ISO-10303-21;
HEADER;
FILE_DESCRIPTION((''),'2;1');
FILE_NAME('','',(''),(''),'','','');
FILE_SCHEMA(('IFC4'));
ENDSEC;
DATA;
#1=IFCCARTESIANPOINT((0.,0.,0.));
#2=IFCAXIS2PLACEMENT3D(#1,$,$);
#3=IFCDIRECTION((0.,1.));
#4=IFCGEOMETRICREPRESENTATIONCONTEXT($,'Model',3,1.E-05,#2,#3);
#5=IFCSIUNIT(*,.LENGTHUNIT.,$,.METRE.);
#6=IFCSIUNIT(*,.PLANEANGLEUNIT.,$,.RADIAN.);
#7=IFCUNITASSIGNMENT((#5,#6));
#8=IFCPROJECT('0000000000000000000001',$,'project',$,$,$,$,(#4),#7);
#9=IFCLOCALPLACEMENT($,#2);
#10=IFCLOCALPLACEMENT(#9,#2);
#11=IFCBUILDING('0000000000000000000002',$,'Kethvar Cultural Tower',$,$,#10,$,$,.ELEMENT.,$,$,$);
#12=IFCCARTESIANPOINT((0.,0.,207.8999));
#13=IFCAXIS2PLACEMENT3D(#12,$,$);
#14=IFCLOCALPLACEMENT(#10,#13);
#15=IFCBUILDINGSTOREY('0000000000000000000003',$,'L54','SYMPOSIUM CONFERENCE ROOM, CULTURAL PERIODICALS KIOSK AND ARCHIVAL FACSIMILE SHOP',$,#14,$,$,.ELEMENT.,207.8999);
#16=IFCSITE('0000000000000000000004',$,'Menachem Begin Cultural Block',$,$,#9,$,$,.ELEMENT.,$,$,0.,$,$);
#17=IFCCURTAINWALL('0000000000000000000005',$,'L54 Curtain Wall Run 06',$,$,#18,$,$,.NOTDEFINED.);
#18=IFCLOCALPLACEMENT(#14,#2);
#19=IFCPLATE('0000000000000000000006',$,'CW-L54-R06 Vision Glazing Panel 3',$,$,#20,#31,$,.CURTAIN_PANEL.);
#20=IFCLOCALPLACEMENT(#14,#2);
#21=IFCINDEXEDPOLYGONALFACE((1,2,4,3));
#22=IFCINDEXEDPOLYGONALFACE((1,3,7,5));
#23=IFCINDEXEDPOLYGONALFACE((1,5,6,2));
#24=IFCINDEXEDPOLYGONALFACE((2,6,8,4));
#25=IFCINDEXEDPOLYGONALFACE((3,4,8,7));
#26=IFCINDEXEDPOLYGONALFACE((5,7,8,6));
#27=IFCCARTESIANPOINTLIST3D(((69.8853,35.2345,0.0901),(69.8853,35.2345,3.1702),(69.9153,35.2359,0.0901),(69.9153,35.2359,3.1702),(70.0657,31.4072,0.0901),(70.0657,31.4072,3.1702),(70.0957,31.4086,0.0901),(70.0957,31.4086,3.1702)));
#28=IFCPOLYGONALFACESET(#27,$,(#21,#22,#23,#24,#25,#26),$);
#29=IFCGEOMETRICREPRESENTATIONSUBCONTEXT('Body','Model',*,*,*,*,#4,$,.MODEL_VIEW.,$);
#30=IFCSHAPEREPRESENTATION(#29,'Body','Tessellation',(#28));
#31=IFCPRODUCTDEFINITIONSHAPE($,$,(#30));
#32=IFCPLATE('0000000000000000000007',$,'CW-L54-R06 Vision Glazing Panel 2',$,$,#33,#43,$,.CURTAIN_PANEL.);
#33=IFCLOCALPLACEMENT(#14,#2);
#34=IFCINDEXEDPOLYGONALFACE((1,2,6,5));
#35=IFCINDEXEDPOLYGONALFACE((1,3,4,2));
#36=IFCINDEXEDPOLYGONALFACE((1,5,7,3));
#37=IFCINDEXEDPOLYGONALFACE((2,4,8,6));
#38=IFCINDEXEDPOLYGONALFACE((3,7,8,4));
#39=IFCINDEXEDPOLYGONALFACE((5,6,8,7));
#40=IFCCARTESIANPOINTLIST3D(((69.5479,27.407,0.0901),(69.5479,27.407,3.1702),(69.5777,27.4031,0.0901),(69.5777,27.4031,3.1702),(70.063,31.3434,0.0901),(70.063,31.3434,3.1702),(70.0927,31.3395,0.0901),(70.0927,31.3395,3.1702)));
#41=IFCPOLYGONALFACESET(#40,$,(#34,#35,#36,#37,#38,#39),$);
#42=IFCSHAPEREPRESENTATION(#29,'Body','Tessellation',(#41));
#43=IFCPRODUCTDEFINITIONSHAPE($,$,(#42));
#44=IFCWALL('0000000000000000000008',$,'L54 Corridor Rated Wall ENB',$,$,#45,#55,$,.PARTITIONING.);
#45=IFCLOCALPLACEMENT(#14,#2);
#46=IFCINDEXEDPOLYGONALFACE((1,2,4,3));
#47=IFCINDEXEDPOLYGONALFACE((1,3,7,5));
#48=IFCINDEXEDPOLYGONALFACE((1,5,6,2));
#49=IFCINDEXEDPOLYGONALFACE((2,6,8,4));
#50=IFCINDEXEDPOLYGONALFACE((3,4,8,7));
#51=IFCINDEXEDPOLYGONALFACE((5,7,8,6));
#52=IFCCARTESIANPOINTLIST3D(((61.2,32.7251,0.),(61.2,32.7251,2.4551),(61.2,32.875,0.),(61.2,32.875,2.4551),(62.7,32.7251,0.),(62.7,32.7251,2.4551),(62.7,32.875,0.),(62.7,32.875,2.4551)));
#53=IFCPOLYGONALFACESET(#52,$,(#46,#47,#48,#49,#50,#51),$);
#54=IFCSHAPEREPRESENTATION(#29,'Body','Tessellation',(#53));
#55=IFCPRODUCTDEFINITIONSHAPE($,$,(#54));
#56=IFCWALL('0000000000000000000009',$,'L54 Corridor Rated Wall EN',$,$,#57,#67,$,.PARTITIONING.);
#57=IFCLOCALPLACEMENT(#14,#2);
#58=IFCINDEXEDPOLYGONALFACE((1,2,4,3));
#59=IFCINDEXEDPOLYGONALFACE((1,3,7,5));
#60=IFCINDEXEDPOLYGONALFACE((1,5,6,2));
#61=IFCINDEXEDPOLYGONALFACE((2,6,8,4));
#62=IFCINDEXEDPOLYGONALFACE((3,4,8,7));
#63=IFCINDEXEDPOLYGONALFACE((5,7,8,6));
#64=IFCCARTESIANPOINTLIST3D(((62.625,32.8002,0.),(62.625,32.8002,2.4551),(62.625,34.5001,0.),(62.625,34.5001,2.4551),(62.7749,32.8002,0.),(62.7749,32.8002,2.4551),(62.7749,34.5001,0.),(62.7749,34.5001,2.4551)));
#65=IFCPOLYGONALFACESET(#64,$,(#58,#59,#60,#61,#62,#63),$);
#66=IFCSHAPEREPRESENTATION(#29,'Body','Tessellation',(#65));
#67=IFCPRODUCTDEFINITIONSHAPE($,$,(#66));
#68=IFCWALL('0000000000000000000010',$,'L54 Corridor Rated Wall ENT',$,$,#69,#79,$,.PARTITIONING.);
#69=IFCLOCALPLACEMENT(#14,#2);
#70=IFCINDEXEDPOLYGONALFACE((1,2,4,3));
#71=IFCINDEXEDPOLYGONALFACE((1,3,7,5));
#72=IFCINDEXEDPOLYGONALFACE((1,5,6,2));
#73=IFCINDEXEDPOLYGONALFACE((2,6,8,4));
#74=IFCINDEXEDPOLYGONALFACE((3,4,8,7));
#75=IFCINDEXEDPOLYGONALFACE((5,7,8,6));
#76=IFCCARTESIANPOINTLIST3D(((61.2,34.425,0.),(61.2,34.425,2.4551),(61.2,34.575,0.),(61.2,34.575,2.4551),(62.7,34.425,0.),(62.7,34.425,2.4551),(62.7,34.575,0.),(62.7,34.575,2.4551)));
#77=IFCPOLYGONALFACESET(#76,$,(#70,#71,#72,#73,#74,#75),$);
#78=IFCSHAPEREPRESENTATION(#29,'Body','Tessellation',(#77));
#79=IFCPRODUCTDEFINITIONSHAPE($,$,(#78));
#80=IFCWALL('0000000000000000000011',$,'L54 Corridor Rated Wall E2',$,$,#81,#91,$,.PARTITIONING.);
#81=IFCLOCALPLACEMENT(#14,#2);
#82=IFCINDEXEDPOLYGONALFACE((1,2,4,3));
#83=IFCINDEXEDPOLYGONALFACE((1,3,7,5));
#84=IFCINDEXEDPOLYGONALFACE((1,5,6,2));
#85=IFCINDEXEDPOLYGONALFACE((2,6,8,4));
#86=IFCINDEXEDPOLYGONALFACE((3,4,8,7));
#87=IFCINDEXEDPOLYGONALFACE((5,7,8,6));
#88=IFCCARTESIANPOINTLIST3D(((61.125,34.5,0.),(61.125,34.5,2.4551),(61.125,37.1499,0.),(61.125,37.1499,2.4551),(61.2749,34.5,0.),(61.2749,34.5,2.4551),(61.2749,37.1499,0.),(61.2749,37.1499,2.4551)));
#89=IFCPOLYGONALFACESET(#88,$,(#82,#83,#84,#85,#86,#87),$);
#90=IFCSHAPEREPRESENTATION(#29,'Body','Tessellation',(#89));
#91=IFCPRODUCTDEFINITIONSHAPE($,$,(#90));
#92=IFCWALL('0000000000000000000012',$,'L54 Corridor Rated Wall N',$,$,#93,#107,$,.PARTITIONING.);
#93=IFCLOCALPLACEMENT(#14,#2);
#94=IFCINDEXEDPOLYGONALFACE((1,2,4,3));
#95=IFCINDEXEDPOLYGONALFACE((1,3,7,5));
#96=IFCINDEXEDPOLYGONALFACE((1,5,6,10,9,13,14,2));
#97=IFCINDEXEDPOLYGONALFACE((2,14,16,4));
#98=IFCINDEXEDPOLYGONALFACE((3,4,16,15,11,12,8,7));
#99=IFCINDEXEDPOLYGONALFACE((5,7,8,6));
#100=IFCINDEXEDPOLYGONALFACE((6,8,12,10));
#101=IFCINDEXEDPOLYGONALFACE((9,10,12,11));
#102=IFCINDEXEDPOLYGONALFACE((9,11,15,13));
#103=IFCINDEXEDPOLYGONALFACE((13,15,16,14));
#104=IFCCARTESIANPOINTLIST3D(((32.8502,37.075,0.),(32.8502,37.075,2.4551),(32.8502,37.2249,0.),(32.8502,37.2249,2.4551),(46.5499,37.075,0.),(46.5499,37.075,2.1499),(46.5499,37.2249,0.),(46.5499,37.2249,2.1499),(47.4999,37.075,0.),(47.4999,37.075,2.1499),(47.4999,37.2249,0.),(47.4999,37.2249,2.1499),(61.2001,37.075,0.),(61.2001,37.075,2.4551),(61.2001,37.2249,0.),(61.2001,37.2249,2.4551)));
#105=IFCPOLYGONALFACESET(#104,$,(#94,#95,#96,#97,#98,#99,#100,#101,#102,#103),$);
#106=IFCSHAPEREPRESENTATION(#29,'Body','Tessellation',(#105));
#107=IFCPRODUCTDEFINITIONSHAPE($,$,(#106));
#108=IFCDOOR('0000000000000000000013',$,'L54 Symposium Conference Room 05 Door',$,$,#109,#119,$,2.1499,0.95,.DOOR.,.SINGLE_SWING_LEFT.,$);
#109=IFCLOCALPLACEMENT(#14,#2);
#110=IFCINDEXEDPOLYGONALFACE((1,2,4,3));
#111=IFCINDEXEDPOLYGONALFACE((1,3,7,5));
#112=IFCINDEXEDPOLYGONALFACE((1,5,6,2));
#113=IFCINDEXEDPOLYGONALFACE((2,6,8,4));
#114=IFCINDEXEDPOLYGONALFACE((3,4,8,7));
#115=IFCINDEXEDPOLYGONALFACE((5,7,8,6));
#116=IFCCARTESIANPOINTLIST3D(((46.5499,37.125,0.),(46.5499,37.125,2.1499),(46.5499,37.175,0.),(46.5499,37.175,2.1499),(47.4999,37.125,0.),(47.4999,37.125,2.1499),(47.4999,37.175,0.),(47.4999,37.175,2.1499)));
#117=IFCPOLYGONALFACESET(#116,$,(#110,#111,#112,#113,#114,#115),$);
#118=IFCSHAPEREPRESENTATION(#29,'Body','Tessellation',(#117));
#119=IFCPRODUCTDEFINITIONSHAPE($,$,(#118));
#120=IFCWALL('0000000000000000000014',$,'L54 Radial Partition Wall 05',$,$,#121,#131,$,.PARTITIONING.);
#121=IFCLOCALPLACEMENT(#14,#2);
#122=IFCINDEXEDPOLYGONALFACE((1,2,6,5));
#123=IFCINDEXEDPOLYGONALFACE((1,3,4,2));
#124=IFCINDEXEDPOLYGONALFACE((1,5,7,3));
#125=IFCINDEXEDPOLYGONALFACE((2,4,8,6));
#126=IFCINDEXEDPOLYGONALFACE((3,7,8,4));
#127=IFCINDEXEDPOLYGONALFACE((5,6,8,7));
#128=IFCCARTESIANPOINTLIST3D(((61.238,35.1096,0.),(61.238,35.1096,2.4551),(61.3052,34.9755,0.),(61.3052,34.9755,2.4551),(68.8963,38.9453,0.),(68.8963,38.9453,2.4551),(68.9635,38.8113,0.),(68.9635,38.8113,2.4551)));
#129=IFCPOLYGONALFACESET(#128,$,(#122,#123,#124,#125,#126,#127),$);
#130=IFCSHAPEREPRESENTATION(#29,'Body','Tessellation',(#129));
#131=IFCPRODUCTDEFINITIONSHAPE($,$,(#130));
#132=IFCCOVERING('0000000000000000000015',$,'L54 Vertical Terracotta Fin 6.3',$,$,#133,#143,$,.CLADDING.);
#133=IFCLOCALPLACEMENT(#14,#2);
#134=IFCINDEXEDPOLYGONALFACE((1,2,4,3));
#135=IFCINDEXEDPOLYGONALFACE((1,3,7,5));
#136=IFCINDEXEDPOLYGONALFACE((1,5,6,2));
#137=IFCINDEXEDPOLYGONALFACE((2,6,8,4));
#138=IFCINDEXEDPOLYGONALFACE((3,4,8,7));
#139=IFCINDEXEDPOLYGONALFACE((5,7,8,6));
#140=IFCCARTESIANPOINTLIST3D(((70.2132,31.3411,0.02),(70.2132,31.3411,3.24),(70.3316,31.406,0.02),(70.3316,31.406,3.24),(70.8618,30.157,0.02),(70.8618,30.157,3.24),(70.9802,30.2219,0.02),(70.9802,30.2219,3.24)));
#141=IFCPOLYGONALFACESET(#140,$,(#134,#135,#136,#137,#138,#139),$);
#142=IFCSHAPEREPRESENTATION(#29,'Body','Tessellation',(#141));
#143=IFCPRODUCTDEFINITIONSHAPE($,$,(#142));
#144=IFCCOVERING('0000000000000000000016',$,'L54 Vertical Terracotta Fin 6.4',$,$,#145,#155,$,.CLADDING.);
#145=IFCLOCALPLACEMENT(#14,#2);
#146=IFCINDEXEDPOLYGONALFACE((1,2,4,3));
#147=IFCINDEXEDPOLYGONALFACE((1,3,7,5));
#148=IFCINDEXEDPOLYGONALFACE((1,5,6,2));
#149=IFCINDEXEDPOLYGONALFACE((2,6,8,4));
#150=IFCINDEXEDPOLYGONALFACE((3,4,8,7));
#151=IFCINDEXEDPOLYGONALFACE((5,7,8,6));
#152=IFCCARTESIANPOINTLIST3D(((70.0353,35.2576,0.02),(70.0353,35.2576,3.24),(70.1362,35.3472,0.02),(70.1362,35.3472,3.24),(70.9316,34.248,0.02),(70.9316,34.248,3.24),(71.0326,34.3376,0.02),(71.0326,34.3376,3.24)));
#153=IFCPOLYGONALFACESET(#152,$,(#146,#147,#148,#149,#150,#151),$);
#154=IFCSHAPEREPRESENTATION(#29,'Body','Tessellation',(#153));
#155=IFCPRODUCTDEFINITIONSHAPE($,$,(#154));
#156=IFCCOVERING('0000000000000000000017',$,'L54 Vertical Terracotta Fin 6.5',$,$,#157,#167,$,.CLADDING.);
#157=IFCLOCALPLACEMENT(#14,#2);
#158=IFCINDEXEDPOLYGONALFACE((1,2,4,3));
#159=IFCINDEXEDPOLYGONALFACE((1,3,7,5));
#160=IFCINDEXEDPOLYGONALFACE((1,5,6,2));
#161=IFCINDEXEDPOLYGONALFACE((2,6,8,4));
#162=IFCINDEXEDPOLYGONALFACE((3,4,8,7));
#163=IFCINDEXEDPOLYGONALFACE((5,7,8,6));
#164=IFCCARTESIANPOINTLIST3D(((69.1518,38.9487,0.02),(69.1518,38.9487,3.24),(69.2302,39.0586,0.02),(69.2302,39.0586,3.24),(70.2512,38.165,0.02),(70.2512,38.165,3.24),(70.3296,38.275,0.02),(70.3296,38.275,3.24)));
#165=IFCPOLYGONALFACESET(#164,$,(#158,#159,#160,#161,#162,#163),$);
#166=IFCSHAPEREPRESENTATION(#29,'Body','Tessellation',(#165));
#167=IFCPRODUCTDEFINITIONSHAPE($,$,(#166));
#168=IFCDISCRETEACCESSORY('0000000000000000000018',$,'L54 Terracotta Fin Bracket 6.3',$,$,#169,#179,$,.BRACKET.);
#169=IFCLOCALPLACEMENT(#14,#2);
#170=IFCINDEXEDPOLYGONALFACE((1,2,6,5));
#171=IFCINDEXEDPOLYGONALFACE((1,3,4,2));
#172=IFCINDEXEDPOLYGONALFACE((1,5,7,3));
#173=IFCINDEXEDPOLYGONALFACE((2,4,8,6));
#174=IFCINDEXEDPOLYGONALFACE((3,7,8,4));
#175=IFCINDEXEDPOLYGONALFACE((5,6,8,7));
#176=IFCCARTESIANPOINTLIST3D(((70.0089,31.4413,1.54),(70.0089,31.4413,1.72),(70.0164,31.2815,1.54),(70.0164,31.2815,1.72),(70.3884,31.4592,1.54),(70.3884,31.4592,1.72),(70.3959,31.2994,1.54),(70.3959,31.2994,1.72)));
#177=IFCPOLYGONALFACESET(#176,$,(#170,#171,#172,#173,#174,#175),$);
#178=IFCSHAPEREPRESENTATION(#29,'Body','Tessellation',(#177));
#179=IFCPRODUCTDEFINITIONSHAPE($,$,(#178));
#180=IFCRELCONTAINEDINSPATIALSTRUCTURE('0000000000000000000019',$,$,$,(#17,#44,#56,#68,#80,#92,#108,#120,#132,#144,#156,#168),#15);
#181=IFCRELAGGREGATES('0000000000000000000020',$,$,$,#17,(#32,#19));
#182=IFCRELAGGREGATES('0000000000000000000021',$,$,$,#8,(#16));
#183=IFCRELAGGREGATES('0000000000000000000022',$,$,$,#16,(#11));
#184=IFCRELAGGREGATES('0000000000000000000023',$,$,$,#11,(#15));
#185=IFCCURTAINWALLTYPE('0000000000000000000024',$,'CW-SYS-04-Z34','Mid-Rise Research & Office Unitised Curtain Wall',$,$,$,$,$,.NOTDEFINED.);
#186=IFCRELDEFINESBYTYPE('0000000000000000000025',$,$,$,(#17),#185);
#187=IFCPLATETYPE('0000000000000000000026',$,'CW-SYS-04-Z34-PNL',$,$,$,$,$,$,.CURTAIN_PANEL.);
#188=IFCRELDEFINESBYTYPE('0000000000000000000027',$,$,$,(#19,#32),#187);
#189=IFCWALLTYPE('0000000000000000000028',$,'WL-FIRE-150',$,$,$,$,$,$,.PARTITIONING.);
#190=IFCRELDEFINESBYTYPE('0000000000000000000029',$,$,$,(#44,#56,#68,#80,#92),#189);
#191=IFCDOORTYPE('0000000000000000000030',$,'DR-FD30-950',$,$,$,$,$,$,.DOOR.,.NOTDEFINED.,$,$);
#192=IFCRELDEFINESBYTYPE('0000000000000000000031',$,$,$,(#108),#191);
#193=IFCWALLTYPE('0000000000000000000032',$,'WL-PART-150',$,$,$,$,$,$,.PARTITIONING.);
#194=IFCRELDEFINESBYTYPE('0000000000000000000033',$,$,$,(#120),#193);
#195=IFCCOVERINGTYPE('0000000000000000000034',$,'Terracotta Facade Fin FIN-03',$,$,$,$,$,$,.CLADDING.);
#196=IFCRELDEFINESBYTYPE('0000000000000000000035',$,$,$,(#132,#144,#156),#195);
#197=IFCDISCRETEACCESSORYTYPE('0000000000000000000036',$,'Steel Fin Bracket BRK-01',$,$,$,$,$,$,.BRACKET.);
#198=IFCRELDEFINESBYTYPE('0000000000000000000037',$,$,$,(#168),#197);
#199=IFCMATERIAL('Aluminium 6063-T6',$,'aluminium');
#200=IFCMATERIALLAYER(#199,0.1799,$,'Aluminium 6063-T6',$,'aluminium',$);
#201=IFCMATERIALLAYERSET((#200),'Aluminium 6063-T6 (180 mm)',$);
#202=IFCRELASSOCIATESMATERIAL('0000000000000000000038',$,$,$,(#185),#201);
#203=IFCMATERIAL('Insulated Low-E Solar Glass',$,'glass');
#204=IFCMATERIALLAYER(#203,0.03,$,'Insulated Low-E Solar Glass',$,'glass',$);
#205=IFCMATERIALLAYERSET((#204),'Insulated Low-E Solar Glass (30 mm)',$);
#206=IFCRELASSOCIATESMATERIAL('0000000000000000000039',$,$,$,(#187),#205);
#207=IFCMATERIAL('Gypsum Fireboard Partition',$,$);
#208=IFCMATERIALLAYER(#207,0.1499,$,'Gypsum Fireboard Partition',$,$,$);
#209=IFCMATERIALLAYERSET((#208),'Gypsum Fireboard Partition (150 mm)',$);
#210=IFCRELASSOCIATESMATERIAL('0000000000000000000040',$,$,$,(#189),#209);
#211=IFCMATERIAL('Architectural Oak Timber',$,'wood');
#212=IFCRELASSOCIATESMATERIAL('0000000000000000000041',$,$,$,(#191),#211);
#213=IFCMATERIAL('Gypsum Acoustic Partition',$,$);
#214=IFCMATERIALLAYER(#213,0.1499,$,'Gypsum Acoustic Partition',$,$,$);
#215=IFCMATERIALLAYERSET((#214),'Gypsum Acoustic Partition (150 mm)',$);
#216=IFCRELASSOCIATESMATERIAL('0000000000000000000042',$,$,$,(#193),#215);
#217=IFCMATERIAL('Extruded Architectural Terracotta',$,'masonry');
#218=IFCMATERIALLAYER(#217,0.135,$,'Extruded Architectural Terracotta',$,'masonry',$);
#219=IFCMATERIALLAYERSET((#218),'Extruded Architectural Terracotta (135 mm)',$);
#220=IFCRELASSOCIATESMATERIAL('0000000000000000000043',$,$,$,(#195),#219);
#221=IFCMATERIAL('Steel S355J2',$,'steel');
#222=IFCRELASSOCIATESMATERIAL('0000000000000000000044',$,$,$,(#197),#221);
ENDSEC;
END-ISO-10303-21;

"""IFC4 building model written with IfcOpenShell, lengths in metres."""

from ifc_helpers import new_model, si_unit, direction, frame, frame_2d, origin, origin_2d, place, context, subcontext, project, spatial, rectangle, extrude, source, transform, mapped, material, layer, layer_set, type_object, element, fill, aggregate, save


model = new_model("IFC4")

# Units and contexts
model_context = context("Model", 3, precision=1e-05, world=origin(), true_north=direction((0.0, 1.0)))
body_context = subcontext(model_context, "Body", "Model", "MODEL_VIEW")
ifc_project = project(units=[si_unit("LENGTHUNIT", "METRE"), si_unit("PLANEANGLEUNIT", "RADIAN")], contexts=[model_context])

# Site, building, storey
site_placement = place(None, origin())
site = spatial("IfcSite", under=ifc_project, at=site_placement, Name="Menachem Begin Cultural Block", CompositionType="ELEMENT", RefElevation=0.0)
building_placement = place(site_placement, origin())
building = spatial("IfcBuilding", under=site, at=building_placement, Name="Kethvar Cultural Tower", CompositionType="ELEMENT")
storey_placement = place(building_placement, frame((0.0, 0.0, 207.8999)))
storey = spatial("IfcBuildingStorey", under=building, at=storey_placement, Name="L54", Description="SYMPOSIUM CONFERENCE ROOM, CULTURAL PERIODICALS KIOSK AND ARCHIVAL FACSIMILE SHOP", CompositionType="ELEMENT", Elevation=207.8999)

# Shared definitions
ifc_material_1 = material(Name="Steel S355J2", Category="steel")

# Curtain wall, plates
ifc_material_2 = material(Name="Aluminium 6063-T6", Category="aluminium")
ifc_layer_1 = layer(ifc_material_2, 0.1799, Name="Aluminium 6063-T6", Category="aluminium")
ifc_layer_set_1 = layer_set([ifc_layer_1], Name="Aluminium 6063-T6 (180 mm)")
curtain_wall_type = type_object("IfcCurtainWallType", Name="CW-SYS-04-Z34", Description="Mid-Rise Research & Office Unitised Curtain Wall", PredefinedType="NOTDEFINED", material=ifc_layer_set_1)
curtain_wall_placement = place(storey_placement, origin())
curtain_wall = element("IfcCurtainWall", 1, at=curtain_wall_placement, inside=storey, type_object=curtain_wall_type, Name="L54 Curtain Wall Run 06", PredefinedType="NOTDEFINED")
ifc_material_3 = material(Name="Insulated Low-E Solar Glass", Category="glass")
ifc_layer_2 = layer(ifc_material_3, 0.03, Name="Insulated Low-E Solar Glass", Category="glass")
ifc_layer_set_2 = layer_set([ifc_layer_2], Name="Insulated Low-E Solar Glass (30 mm)")
plate_type = type_object("IfcPlateType", Name="CW-SYS-04-Z34-PNL", PredefinedType="CURTAIN_PANEL", material=ifc_layer_set_2)
shared_shape_1 = source(origin(), body_context, "Body", "SweptSolid", [
    extrude(rectangle(XDim=3.8315, YDim=0.03, at=origin_2d()), origin(), (0.0, 0.0, 1.0), 3.0801),
])
plate_1_placement = place(storey_placement, frame((69.9905, 33.3215, 0.0901), z_axis=(0.0, 0.0, 1.0), x_axis=(-0.047072, 0.998892, 0.0)))
plate_1 = element("IfcPlate", 2, at=plate_1_placement, type_object=plate_type, Name="CW-L54-R06 Vision Glazing Panel 3", PredefinedType="CURTAIN_PANEL", context=body_context, shape_type="MappedRepresentation", body=[
    mapped(shared_shape_1, transform((0.0, 0.0, 0.0), scale=1.0)),
])
shared_shape_2 = source(origin(), body_context, "Body", "SweptSolid", [
    extrude(rectangle(XDim=3.97, YDim=0.03, at=origin_2d()), origin(), (0.0, 0.0, 1.0), 3.0801),
])
plate_2_placement = place(storey_placement, frame((69.8203, 29.3733, 0.0901), z_axis=(0.0, 0.0, 1.0), x_axis=(0.129747, 0.991547, 0.0)))
plate_2 = element("IfcPlate", 3, at=plate_2_placement, type_object=plate_type, Name="CW-L54-R06 Vision Glazing Panel 2", PredefinedType="CURTAIN_PANEL", context=body_context, shape_type="MappedRepresentation", body=[
    mapped(shared_shape_2, transform((0.0, 0.0, 0.0), scale=1.0)),
])
aggregate(curtain_wall, [plate_2, plate_1])

# Walls
ifc_material_4 = material(Name="Gypsum Fireboard Partition")
ifc_layer_3 = layer(ifc_material_4, 0.1499, Name="Gypsum Fireboard Partition")
ifc_layer_set_3 = layer_set([ifc_layer_3], Name="Gypsum Fireboard Partition (150 mm)")
wall_type_1 = type_object("IfcWallType", Name="WL-FIRE-150", PredefinedType="PARTITIONING", material=ifc_layer_set_3)
wall_1_placement = place(storey_placement, frame((61.2, 32.8, 0.0), z_axis=(0.0, 0.0, 1.0), x_axis=(1.0, 0.0, 0.0)))
element("IfcWall", 4, at=wall_1_placement, inside=storey, type_object=wall_type_1, Name="L54 Corridor Rated Wall ENB", PredefinedType="PARTITIONING", context=body_context, shape_type="SweptSolid", body=[
    extrude(rectangle(XDim=1.5, YDim=0.1499, at=frame_2d((0.75, 0.0))), origin(), (0.0, 0.0, 1.0), 2.4551),
])
wall_2_placement = place(storey_placement, frame((62.7, 32.8, 0.0), z_axis=(0.0, 0.0, 1.0), x_axis=(0.0, 1.0, 0.0)))
element("IfcWall", 5, at=wall_2_placement, inside=storey, type_object=wall_type_1, Name="L54 Corridor Rated Wall EN", PredefinedType="PARTITIONING", context=body_context, shape_type="SweptSolid", body=[
    extrude(rectangle(XDim=1.7, YDim=0.1499, at=frame_2d((0.8501, 0.0))), origin(), (0.0, 0.0, 1.0), 2.4551),
])
wall_3_placement = place(storey_placement, frame((62.7, 34.5, 0.0), z_axis=(0.0, 0.0, 1.0), x_axis=(-1.0, 0.0, 0.0)))
element("IfcWall", 6, at=wall_3_placement, inside=storey, type_object=wall_type_1, Name="L54 Corridor Rated Wall ENT", PredefinedType="PARTITIONING", context=body_context, shape_type="SweptSolid", body=[
    extrude(rectangle(XDim=1.5, YDim=0.1499, at=frame_2d((0.75, 0.0))), origin(), (0.0, 0.0, 1.0), 2.4551),
])
wall_4_placement = place(storey_placement, frame((61.2, 34.5, 0.0), z_axis=(0.0, 0.0, 1.0), x_axis=(0.0, 1.0, 0.0)))
element("IfcWall", 7, at=wall_4_placement, inside=storey, type_object=wall_type_1, Name="L54 Corridor Rated Wall E2", PredefinedType="PARTITIONING", context=body_context, shape_type="SweptSolid", body=[
    extrude(rectangle(XDim=2.6499, YDim=0.1499, at=frame_2d((1.325, 0.0))), origin(), (0.0, 0.0, 1.0), 2.4551),
])

# Wall, opening, door
wall_5_placement = place(storey_placement, frame((61.2, 37.1499, 0.0), z_axis=(0.0, 0.0, 1.0), x_axis=(-1.0, 0.0, 0.0)))
wall_5 = element("IfcWall", 8, at=wall_5_placement, inside=storey, type_object=wall_type_1, Name="L54 Corridor Rated Wall N", PredefinedType="PARTITIONING", context=body_context, shape_type="SweptSolid", body=[
    extrude(rectangle(XDim=28.3499, YDim=0.1499, at=frame_2d((14.1748, 0.0))), origin(), (0.0, 0.0, 1.0), 2.4551),
])
opening_placement = place(wall_5_placement, frame((13.7, 0.0, 0.0)))
opening = element("IfcOpeningElement", 9, at=opening_placement, cuts=wall_5, PredefinedType="OPENING", context=body_context, shape_type="SweptSolid", body=[
    extrude(rectangle(XDim=0.95, YDim=2.1499, at=frame_2d((0.4751, 1.075))), frame((0.0, 0.085, 0.0), z_axis=(0.0, -1.0, 0.0), x_axis=(1.0, 0.0, 0.0)), (0.0, 0.0, 1.0), 0.1699),
])
ifc_material_5 = material(Name="Architectural Oak Timber", Category="wood")
door_type = type_object("IfcDoorType", Name="DR-FD30-950", OperationType="NOTDEFINED", PredefinedType="DOOR", material=ifc_material_5)
shared_shape_3 = source(origin(), body_context, "Body", "SweptSolid", [
    extrude(rectangle(XDim=0.95, YDim=2.1499, at=frame_2d((0.4751, 1.075))), frame((0.0, 0.0249, 0.0), z_axis=(0.0, -1.0, 0.0), x_axis=(1.0, 0.0, 0.0)), (0.0, 0.0, 1.0), 0.05),
])
door_placement = place(opening_placement, origin())
door = element("IfcDoor", 10, at=door_placement, inside=storey, type_object=door_type, Name="L54 Symposium Conference Room 05 Door", OperationType="SINGLE_SWING_LEFT", OverallHeight=2.1499, OverallWidth=0.95, PredefinedType="DOOR", context=body_context, shape_type="MappedRepresentation", body=[
    mapped(shared_shape_3, transform((0.0, 0.0, 0.0), scale=1.0)),
])
fill(opening, door)

# Wall
ifc_material_6 = material(Name="Gypsum Acoustic Partition")
ifc_layer_4 = layer(ifc_material_6, 0.1499, Name="Gypsum Acoustic Partition")
ifc_layer_set_4 = layer_set([ifc_layer_4], Name="Gypsum Acoustic Partition (150 mm)")
wall_type_2 = type_object("IfcWallType", Name="WL-PART-150", PredefinedType="PARTITIONING", material=ifc_layer_set_4)
wall_6_placement = place(storey_placement, frame((61.2715, 35.0425, 0.0), z_axis=(0.0, 0.0, 1.0), x_axis=(0.894119, 0.447829, 0.0)))
element("IfcWall", 11, at=wall_6_placement, inside=storey, type_object=wall_type_2, Name="L54 Radial Partition Wall 05", PredefinedType="PARTITIONING", context=body_context, shape_type="SweptSolid", body=[
    extrude(rectangle(XDim=8.5652, YDim=0.1499, at=frame_2d((4.2827, 0.0))), origin(), (0.0, 0.0, 1.0), 2.4551),
])

# Coverings
ifc_material_7 = material(Name="Extruded Architectural Terracotta", Category="masonry")
ifc_layer_5 = layer(ifc_material_7, 0.135, Name="Extruded Architectural Terracotta", Category="masonry")
ifc_layer_set_5 = layer_set([ifc_layer_5], Name="Extruded Architectural Terracotta (135 mm)")
covering_type = type_object("IfcCoveringType", Name="Terracotta Facade Fin FIN-03", PredefinedType="CLADDING", material=ifc_layer_set_5)
shared_shape_4 = source(origin(), body_context, "Body", "SweptSolid", [
    extrude(rectangle(XDim=1.3501, YDim=0.135, at=origin_2d()), origin(), (0.0, 0.0, 1.0), 3.22),
])
for number, where, z_axis, x_axis, name in (
    (12, (70.5967, 30.7815, 0.02), (0.0, 0.0, 1.0), (0.480377, -0.877062, 0.0), "L54 Vertical Terracotta Fin 6.3"),
    (13, (70.5339, 34.7976, 0.02), (0.0, 0.0, 1.0), (0.663926, -0.747798, 0.0), "L54 Vertical Terracotta Fin 6.4"),
    (14, (69.7407, 38.6118, 0.02), (0.0, 0.0, 1.0), (0.814318, -0.580419, 0.0), "L54 Vertical Terracotta Fin 6.5"),
):
    element("IfcCovering", number, at=place(storey_placement, frame(where, z_axis=z_axis, x_axis=x_axis)), inside=storey, type_object=covering_type, Name=name, PredefinedType="CLADDING", context=body_context, shape_type="MappedRepresentation", body=[
        mapped(shared_shape_4, transform((0.0, 0.0, 0.0), scale=1.0)),
    ])

# Discrete accessory
discrete_accessory_type = type_object("IfcDiscreteAccessoryType", Name="Steel Fin Bracket BRK-01", PredefinedType="BRACKET", material=ifc_material_1)
shared_shape_5 = source(origin(), body_context, "Body", "SweptSolid", [
    extrude(rectangle(XDim=0.3799, YDim=0.1599, at=origin_2d()), origin(), (0.0, 0.0, 1.0), 0.1799),
])
for number, where, z_axis, x_axis, name in (
    (15, (70.2024, 31.3704, 1.54), (0.0, 0.0, 1.0), (0.99889, 0.047106, 0.0), "L54 Terracotta Fin Bracket 6.3"),
):
    element("IfcDiscreteAccessory", number, at=place(storey_placement, frame(where, z_axis=z_axis, x_axis=x_axis)), inside=storey, type_object=discrete_accessory_type, Name=name, PredefinedType="BRACKET", context=body_context, shape_type="MappedRepresentation", body=[
        mapped(shared_shape_5, transform((0.0, 0.0, 0.0), scale=1.0)),
    ])

save(model, "model.ifc")
